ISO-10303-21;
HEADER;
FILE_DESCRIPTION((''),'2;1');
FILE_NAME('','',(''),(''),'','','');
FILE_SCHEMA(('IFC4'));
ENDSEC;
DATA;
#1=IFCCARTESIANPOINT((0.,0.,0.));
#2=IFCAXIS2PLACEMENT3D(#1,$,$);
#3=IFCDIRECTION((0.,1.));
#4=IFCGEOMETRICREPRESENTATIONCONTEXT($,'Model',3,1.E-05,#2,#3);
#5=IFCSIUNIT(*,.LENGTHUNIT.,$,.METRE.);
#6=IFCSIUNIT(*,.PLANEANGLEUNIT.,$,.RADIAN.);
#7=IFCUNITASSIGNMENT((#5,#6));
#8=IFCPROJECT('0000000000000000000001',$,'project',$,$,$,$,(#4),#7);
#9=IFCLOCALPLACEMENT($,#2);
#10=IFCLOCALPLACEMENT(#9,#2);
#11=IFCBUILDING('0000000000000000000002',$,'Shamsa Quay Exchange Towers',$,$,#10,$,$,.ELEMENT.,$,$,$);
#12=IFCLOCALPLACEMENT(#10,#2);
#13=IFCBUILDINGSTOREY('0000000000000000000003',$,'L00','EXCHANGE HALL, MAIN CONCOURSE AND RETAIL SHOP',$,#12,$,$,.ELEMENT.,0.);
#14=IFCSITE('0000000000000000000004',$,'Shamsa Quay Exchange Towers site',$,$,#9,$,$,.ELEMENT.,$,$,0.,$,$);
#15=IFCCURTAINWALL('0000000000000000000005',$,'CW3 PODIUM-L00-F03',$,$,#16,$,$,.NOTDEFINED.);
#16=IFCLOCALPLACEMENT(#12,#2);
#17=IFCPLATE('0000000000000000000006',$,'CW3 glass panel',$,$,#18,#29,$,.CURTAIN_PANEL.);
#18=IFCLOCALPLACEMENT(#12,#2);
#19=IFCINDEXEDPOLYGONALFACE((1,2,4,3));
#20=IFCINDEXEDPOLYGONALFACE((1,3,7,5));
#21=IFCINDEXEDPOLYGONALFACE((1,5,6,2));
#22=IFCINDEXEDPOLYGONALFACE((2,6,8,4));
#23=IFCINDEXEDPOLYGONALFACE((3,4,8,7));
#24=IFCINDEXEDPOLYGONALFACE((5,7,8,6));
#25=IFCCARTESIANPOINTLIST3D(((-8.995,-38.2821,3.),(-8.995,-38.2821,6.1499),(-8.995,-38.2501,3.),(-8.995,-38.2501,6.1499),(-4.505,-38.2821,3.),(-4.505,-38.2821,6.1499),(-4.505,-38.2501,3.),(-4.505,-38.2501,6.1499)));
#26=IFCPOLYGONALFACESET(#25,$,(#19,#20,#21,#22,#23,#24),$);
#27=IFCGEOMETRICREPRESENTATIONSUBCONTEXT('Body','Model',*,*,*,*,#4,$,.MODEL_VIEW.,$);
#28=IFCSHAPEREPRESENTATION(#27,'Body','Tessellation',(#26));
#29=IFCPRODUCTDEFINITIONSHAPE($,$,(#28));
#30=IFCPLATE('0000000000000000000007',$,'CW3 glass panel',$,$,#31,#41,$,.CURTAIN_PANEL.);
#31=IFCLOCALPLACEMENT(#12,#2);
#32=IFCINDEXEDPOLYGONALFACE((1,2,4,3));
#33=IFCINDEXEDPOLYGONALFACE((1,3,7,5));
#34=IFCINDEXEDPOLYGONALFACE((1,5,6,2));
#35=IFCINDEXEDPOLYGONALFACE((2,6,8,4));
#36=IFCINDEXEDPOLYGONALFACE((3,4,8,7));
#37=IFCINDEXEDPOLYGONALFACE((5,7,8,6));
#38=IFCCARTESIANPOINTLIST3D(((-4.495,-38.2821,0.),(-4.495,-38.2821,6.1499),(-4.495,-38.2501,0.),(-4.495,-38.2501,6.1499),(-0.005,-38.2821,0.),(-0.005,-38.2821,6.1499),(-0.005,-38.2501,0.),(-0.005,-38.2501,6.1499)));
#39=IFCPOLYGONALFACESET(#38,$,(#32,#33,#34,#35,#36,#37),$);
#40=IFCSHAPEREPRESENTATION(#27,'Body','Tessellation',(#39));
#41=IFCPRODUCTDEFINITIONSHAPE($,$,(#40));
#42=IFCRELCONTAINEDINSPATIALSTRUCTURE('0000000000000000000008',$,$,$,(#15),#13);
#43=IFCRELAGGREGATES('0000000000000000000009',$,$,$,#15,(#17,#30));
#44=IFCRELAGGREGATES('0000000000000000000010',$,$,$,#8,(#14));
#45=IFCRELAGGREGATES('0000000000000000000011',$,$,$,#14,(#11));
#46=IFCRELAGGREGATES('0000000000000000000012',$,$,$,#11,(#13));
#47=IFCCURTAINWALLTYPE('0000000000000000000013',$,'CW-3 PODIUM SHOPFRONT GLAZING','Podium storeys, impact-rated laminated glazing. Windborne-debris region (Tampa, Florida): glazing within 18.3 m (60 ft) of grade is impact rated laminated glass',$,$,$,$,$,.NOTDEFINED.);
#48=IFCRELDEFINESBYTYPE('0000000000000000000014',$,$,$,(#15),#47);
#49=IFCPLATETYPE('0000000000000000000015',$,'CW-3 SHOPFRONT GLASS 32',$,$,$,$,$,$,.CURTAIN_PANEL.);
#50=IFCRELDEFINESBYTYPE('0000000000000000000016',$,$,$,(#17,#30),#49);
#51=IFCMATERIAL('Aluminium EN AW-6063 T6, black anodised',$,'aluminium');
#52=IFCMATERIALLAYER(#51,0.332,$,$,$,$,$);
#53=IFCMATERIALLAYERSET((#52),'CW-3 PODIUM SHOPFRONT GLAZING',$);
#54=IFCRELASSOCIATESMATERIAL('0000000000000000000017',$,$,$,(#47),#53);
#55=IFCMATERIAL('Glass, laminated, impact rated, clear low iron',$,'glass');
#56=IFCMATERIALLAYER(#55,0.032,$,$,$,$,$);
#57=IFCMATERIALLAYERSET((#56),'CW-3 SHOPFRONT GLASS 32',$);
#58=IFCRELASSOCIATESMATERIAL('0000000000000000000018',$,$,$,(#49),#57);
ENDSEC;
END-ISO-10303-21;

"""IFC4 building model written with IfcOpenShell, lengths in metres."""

from ifc_helpers import new_model, si_unit, direction, frame, origin, origin_2d, place, context, subcontext, project, spatial, rectangle, extrude, material, layer, layer_set, type_object, element, aggregate, save


model = new_model("IFC4")

# Units and contexts
model_context = context("Model", 3, precision=1e-05, world=origin(), true_north=direction((0.0, 1.0)))
body_context = subcontext(model_context, "Body", "Model", "MODEL_VIEW")
ifc_project = project(units=[si_unit("LENGTHUNIT", "METRE"), si_unit("PLANEANGLEUNIT", "RADIAN")], contexts=[model_context])

# Site, building, storey
site_placement = place(None, origin())
site = spatial("IfcSite", under=ifc_project, at=site_placement, Name="Shamsa Quay Exchange Towers site", CompositionType="ELEMENT", RefElevation=0.0)
building_placement = place(site_placement, origin())
building = spatial("IfcBuilding", under=site, at=building_placement, Name="Shamsa Quay Exchange Towers", CompositionType="ELEMENT")
storey_placement = place(building_placement, origin())
storey = spatial("IfcBuildingStorey", under=building, at=storey_placement, Name="L00", Description="EXCHANGE HALL, MAIN CONCOURSE AND RETAIL SHOP", CompositionType="ELEMENT", Elevation=0.0)

# Curtain wall, plates
ifc_material_1 = material(Name="Aluminium EN AW-6063 T6, black anodised", Category="aluminium")
ifc_layer_1 = layer(ifc_material_1, 0.332)
ifc_layer_set_1 = layer_set([ifc_layer_1], Name="CW-3 PODIUM SHOPFRONT GLAZING")
curtain_wall_type = type_object("IfcCurtainWallType", Name="CW-3 PODIUM SHOPFRONT GLAZING", Description="Podium storeys, impact-rated laminated glazing. Windborne-debris region (Tampa, Florida): glazing within 18.3 m (60 ft) of grade is impact rated laminated glass", PredefinedType="NOTDEFINED", material=ifc_layer_set_1)
curtain_wall_placement = place(storey_placement, origin())
curtain_wall = element("IfcCurtainWall", 1, at=curtain_wall_placement, inside=storey, type_object=curtain_wall_type, Name="CW3 PODIUM-L00-F03", PredefinedType="NOTDEFINED")
ifc_material_2 = material(Name="Glass, laminated, impact rated, clear low iron", Category="glass")
ifc_layer_2 = layer(ifc_material_2, 0.032)
ifc_layer_set_2 = layer_set([ifc_layer_2], Name="CW-3 SHOPFRONT GLASS 32")
plate_type = type_object("IfcPlateType", Name="CW-3 SHOPFRONT GLASS 32", PredefinedType="CURTAIN_PANEL", material=ifc_layer_set_2)
plate_1_placement = place(storey_placement, frame((-6.75, -38.2661, 3.0)))
plate_1 = element("IfcPlate", 2, at=plate_1_placement, type_object=plate_type, Name="CW3 glass panel", PredefinedType="CURTAIN_PANEL", context=body_context, shape_type="SweptSolid", body=[
    extrude(rectangle(XDim=4.49, YDim=0.032, at=origin_2d()), origin(), (0.0, 0.0, 1.0), 3.1499),
])
plate_2_placement = place(storey_placement, frame((-2.25, -38.2661, 0.0)))
plate_2 = element("IfcPlate", 3, at=plate_2_placement, type_object=plate_type, Name="CW3 glass panel", PredefinedType="CURTAIN_PANEL", context=body_context, shape_type="SweptSolid", body=[
    extrude(rectangle(XDim=4.49, YDim=0.032, at=origin_2d()), origin(), (0.0, 0.0, 1.0), 6.1499),
])
aggregate(curtain_wall, [plate_1, plate_2])

save(model, "model.ifc")
